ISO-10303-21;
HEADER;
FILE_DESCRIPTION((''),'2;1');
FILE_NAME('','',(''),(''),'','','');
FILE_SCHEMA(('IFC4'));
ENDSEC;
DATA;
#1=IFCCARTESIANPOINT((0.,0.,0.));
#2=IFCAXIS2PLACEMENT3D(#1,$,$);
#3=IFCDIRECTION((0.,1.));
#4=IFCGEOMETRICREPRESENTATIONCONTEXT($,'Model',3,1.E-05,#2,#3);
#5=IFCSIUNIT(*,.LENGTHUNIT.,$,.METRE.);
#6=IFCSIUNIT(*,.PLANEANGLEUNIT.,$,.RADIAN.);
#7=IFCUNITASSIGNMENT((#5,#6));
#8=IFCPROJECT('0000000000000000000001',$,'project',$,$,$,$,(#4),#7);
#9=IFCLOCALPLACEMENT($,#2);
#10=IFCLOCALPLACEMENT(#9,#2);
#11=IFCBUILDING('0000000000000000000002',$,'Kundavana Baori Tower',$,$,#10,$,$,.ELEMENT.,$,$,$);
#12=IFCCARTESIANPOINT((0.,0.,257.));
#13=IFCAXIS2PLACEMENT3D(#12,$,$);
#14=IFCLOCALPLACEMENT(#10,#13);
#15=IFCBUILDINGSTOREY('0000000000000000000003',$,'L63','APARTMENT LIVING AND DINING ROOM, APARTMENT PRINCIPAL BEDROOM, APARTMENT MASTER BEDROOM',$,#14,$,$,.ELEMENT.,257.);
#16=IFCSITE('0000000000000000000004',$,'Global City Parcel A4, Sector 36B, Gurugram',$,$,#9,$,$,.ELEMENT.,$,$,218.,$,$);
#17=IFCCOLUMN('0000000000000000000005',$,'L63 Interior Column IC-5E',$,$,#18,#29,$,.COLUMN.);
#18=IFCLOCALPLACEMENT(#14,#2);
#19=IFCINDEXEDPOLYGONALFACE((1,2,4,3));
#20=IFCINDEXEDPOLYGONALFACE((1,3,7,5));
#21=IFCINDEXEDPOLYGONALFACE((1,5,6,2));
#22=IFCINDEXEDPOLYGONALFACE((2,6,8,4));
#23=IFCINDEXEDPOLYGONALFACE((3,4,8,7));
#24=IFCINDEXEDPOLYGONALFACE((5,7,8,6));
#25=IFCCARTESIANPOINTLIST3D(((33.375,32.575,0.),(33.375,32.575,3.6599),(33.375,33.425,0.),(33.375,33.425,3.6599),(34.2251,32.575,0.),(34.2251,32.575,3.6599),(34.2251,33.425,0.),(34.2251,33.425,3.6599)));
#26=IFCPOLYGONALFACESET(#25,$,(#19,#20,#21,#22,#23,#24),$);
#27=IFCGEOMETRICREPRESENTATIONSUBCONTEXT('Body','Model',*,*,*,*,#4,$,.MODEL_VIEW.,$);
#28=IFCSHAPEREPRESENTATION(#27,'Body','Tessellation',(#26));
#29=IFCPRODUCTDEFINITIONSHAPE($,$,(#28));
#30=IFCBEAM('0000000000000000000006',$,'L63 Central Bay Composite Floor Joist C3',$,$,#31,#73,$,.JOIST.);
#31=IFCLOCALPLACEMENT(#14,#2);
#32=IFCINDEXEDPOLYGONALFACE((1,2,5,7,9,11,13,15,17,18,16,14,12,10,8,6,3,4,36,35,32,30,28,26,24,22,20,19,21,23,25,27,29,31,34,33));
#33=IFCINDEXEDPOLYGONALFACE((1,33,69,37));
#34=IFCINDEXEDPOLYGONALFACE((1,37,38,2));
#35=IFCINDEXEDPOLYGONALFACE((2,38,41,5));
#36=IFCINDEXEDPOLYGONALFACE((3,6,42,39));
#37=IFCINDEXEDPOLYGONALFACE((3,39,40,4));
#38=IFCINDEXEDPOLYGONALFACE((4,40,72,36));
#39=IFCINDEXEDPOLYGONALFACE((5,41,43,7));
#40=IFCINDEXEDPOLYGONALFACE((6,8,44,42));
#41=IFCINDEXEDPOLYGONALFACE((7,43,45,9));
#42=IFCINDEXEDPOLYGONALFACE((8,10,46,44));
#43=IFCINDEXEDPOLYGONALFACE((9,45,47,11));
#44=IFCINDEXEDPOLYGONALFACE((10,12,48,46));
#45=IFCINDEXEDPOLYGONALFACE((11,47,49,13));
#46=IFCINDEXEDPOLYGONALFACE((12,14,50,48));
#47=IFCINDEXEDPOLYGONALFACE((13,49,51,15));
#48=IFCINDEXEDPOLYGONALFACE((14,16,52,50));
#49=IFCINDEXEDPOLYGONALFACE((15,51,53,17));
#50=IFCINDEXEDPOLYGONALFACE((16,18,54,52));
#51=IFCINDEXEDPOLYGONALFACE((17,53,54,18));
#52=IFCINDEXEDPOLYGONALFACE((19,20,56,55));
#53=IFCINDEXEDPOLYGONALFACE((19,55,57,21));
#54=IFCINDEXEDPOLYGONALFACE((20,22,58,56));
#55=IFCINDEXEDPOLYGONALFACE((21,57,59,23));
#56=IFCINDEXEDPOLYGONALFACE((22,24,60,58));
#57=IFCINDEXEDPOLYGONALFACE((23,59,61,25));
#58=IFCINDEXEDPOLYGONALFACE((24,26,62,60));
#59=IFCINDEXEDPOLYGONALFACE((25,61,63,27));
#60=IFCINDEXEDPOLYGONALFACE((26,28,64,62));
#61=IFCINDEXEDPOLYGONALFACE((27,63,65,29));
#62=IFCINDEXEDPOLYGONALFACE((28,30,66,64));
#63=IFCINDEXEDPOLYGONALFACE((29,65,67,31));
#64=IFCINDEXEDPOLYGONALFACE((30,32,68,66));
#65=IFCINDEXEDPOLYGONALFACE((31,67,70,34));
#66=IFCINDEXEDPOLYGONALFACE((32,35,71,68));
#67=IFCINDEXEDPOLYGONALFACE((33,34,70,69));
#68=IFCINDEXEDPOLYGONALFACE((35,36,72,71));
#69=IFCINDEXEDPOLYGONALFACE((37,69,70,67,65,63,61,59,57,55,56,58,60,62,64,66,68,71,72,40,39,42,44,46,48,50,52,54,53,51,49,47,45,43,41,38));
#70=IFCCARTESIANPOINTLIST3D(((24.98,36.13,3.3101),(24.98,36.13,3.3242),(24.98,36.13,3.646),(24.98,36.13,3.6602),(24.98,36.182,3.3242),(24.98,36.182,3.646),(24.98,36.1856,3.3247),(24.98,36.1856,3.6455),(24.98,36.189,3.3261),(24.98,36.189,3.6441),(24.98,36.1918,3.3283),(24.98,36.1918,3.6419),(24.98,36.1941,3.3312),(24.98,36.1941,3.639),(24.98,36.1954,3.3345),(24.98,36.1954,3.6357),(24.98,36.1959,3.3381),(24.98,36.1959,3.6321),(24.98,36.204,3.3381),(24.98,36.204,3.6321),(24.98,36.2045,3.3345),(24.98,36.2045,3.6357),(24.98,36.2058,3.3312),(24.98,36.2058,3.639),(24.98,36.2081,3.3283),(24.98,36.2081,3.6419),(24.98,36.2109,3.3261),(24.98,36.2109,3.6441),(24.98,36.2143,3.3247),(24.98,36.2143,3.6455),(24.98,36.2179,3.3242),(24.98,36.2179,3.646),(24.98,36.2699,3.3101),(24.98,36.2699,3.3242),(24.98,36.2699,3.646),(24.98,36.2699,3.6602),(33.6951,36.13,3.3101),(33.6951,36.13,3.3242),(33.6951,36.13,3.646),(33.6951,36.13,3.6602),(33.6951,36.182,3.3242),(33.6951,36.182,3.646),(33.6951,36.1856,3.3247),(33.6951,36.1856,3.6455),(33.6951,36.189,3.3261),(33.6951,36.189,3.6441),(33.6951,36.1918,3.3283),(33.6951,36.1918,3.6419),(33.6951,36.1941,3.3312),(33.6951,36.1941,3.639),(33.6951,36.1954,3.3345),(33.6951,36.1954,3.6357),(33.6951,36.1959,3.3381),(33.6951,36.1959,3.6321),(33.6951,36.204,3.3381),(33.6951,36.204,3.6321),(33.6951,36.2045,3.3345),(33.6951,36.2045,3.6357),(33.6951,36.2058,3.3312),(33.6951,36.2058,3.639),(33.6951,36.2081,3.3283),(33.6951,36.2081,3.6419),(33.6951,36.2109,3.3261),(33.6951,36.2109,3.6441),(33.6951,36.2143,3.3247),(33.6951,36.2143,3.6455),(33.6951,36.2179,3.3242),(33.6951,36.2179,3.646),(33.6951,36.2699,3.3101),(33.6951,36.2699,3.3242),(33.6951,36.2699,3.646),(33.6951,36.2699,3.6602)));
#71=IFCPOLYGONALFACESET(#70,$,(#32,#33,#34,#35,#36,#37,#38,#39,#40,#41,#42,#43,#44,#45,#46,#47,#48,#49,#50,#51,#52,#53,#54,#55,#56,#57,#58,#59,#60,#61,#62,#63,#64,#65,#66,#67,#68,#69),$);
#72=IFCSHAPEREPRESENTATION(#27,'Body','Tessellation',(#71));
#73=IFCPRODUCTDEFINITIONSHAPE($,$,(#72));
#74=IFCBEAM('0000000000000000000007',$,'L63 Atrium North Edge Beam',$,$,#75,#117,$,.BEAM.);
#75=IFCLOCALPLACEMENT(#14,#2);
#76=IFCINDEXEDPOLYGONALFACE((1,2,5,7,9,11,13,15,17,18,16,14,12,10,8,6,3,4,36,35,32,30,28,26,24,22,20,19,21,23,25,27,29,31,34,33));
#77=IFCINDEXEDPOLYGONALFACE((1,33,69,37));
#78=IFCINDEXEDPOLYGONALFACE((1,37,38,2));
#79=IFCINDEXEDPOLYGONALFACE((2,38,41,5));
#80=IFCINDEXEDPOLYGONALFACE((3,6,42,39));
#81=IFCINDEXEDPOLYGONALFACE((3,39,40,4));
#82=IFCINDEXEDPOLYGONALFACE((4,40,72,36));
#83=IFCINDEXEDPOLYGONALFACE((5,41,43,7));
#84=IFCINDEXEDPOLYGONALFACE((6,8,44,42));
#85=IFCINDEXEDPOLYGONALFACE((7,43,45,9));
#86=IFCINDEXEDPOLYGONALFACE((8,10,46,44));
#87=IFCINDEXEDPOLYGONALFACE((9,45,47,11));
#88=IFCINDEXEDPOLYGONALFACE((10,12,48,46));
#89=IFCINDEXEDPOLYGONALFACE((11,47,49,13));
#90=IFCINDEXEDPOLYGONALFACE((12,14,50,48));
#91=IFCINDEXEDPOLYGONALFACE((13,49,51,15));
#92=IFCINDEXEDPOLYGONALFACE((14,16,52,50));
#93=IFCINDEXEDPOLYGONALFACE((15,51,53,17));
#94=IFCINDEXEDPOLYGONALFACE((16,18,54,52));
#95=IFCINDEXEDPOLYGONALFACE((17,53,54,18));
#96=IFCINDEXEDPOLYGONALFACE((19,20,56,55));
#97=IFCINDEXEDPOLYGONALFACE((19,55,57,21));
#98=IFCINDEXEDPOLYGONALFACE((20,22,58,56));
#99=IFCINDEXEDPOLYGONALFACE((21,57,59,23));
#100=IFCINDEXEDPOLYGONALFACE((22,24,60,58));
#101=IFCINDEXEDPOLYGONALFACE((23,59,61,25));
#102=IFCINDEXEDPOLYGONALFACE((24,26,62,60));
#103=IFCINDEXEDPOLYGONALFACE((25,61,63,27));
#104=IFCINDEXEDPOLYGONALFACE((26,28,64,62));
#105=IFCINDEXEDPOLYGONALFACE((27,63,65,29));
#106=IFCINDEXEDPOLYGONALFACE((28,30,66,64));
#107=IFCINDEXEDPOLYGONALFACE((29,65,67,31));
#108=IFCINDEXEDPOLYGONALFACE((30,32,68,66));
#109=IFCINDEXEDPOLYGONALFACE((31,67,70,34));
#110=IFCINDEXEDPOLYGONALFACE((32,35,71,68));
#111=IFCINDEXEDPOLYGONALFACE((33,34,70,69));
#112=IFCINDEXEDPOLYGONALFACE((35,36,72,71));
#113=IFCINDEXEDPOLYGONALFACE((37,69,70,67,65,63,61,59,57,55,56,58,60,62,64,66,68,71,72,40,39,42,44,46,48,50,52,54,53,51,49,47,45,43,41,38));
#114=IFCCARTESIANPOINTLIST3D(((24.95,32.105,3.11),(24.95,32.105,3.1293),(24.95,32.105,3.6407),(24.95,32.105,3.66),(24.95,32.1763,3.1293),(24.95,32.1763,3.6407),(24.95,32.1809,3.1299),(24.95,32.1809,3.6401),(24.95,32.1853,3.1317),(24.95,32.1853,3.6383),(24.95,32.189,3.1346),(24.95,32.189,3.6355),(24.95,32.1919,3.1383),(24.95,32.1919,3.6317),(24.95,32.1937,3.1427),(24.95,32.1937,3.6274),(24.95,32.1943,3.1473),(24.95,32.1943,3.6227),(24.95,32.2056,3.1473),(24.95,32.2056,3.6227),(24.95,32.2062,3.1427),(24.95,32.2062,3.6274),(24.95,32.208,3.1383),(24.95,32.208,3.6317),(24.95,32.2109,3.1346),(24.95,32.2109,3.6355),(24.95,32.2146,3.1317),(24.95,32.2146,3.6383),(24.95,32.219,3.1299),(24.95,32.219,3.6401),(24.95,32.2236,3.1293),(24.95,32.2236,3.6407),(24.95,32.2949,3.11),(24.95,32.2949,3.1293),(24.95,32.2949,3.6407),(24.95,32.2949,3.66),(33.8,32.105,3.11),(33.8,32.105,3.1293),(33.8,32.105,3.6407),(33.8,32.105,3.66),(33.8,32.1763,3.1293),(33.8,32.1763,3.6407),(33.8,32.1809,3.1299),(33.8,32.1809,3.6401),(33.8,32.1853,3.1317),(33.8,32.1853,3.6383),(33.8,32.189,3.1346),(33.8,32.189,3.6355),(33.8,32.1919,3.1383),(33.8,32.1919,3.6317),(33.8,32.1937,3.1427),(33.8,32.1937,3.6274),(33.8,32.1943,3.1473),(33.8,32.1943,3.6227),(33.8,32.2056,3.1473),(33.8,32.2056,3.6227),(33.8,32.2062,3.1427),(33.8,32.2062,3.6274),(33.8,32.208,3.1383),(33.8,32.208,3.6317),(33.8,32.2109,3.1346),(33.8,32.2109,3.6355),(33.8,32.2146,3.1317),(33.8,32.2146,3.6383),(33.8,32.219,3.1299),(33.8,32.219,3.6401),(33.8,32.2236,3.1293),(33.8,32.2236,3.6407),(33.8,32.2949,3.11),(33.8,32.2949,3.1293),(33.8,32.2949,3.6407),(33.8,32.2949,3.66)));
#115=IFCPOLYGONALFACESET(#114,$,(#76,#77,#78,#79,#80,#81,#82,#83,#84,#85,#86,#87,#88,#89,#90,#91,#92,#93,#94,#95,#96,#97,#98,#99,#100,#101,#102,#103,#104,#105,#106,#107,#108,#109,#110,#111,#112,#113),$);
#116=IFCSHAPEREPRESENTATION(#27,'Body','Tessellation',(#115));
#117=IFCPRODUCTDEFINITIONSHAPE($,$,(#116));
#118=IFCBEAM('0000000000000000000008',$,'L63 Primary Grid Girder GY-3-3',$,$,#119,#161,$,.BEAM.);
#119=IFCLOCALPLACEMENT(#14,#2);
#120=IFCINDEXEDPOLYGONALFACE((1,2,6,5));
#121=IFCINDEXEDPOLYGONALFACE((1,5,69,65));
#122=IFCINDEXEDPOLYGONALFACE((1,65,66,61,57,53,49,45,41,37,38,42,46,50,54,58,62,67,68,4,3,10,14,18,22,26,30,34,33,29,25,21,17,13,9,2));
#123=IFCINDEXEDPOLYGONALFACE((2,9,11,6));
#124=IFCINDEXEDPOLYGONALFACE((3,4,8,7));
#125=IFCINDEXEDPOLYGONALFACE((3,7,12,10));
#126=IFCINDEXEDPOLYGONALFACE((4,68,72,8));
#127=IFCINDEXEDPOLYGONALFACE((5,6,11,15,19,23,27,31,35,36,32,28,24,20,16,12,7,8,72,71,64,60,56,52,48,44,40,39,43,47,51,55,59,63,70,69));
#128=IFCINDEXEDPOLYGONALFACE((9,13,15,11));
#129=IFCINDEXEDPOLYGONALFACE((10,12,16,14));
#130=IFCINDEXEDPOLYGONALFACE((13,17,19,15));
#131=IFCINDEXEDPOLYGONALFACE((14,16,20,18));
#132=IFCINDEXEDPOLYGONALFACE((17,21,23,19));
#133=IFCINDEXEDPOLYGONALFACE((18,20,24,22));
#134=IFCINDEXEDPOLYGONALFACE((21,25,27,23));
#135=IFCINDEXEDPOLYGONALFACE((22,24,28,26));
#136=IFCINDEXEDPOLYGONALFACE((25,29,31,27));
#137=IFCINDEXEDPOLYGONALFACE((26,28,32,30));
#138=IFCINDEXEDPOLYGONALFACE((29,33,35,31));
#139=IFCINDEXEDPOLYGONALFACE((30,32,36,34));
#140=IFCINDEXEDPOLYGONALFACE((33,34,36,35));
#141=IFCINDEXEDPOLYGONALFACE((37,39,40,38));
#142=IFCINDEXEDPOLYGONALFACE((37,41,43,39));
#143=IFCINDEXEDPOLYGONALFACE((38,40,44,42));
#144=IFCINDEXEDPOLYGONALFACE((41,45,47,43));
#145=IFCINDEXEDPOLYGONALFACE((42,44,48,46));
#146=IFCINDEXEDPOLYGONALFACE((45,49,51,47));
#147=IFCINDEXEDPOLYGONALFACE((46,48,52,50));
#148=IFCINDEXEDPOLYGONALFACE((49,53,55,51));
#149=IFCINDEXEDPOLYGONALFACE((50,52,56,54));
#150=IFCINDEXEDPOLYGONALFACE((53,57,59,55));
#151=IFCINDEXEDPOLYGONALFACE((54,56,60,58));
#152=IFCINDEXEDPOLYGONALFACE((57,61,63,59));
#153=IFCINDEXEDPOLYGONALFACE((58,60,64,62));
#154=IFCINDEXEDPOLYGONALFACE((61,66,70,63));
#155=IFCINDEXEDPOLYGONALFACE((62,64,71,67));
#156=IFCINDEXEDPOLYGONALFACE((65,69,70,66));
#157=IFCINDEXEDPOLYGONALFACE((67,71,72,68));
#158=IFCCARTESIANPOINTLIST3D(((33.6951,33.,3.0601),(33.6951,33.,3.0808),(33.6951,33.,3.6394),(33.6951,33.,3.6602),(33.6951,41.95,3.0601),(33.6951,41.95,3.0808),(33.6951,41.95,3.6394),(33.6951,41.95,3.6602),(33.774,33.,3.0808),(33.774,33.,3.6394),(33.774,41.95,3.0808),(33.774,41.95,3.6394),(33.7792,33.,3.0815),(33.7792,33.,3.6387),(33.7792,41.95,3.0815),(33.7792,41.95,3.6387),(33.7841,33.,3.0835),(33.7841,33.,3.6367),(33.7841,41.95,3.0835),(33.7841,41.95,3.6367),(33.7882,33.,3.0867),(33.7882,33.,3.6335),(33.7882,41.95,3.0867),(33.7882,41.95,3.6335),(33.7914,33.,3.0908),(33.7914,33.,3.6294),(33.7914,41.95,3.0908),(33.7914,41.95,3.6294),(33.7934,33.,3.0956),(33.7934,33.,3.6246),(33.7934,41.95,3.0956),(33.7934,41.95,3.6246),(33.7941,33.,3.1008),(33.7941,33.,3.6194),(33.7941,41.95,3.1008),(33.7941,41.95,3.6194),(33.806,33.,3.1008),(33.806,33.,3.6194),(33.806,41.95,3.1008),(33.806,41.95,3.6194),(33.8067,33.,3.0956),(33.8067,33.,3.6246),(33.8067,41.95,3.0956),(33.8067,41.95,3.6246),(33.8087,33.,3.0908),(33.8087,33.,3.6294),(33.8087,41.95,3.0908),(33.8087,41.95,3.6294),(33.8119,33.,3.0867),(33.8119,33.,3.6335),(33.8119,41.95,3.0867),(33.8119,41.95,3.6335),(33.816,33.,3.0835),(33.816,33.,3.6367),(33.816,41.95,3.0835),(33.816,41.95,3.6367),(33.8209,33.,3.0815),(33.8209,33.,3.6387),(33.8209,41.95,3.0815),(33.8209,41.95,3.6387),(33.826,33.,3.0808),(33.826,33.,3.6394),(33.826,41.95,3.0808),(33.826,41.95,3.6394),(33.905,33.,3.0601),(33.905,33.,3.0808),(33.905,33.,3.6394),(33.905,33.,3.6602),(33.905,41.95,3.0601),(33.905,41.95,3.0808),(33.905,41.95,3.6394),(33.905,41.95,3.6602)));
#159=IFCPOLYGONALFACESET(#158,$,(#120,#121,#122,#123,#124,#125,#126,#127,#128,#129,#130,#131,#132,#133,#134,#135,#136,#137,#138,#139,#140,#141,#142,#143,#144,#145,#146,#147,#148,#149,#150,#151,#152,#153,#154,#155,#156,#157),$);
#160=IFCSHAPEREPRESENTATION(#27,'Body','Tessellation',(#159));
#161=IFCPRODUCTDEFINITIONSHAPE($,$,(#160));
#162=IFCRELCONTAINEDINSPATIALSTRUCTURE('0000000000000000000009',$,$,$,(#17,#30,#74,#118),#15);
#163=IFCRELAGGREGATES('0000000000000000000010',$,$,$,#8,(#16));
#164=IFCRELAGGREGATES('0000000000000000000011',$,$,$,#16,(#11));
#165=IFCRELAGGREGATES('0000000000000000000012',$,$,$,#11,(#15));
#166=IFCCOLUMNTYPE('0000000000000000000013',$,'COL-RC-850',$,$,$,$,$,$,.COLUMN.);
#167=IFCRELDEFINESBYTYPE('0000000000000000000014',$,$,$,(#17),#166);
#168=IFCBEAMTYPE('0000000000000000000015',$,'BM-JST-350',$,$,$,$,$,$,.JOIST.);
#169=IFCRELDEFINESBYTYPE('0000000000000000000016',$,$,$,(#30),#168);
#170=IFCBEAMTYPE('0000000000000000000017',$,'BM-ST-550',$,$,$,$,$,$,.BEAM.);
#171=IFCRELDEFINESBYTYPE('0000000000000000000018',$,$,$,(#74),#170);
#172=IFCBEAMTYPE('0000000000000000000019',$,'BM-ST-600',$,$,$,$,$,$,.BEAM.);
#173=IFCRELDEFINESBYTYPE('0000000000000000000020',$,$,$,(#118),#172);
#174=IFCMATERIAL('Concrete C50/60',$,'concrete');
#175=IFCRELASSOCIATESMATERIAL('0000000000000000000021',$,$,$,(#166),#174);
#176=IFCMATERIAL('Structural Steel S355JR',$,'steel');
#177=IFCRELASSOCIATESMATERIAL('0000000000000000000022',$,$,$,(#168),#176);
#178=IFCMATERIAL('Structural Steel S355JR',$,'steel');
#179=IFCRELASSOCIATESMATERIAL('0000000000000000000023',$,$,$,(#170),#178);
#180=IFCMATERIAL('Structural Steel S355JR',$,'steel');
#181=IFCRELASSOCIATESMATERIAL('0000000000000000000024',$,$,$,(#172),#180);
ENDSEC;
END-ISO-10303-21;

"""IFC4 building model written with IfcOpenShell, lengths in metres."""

from ifc_helpers import new_model, si_unit, direction, frame, origin, origin_2d, place, context, subcontext, project, spatial, rectangle, i_section, extrude, material, material_profile, profile_set, type_object, element, save


model = new_model("IFC4")

# Units and contexts
model_context = context("Model", 3, precision=1e-05, world=origin(), true_north=direction((0.0, 1.0)))
body_context = subcontext(model_context, "Body", "Model", "MODEL_VIEW")
ifc_project = project(units=[si_unit("LENGTHUNIT", "METRE"), si_unit("PLANEANGLEUNIT", "RADIAN")], contexts=[model_context])

# Site, building, storey
site_placement = place(None, origin())
site = spatial("IfcSite", under=ifc_project, at=site_placement, Name="Global City Parcel A4, Sector 36B, Gurugram", CompositionType="ELEMENT", RefElevation=218.0)
building_placement = place(site_placement, origin())
building = spatial("IfcBuilding", under=site, at=building_placement, Name="Kundavana Baori Tower", CompositionType="ELEMENT")
storey_placement = place(building_placement, frame((0.0, 0.0, 257.0)))
storey = spatial("IfcBuildingStorey", under=building, at=storey_placement, Name="L63", Description="APARTMENT LIVING AND DINING ROOM, APARTMENT PRINCIPAL BEDROOM, APARTMENT MASTER BEDROOM", CompositionType="ELEMENT", Elevation=257.0)

# Column
ifc_material_1 = material(Name="Concrete C50/60", Category="concrete")
ifc_material_profile_1 = material_profile(ifc_material_1, rectangle(XDim=0.8501, YDim=0.8501, at=origin_2d()), Name="RC 850x850")
ifc_profile_set_1 = profile_set([ifc_material_profile_1], Name="Concrete C50/60")
column_type = type_object("IfcColumnType", Name="COL-RC-850", PredefinedType="COLUMN", material=ifc_profile_set_1)
column_placement = place(storey_placement, frame((33.8, 33.0, 0.0), z_axis=(0.0, 0.0, 1.0), x_axis=(1.0, 0.0, 0.0)))
element("IfcColumn", 1, at=column_placement, inside=storey, type_object=column_type, Name="L63 Interior Column IC-5E", PredefinedType="COLUMN", context=body_context, shape_type="SweptSolid", body=[
    extrude(rectangle(XDim=0.8501, YDim=0.8501, at=origin_2d()), origin(), (0.0, 0.0, 1.0), 3.6599),
])

# Beams
ifc_material_2 = material(Name="Structural Steel S355JR", Category="steel")
ifc_material_profile_2 = material_profile(ifc_material_2, i_section(OverallWidth=0.1399, OverallDepth=0.3501, WebThickness=0.0081, FlangeThickness=0.0142, FilletRadius=0.0139, at=origin_2d()), Name="ISMB 350")
ifc_profile_set_2 = profile_set([ifc_material_profile_2], Name="Structural Steel S355JR")
beam_type_1 = type_object("IfcBeamType", Name="BM-JST-350", PredefinedType="JOIST", material=ifc_profile_set_2)
beam_1_placement = place(storey_placement, frame((24.98, 36.2, 3.4851), z_axis=(1.0, 0.0, 0.0), x_axis=(0.0, 1.0, 0.0)))
element("IfcBeam", 2, at=beam_1_placement, inside=storey, type_object=beam_type_1, Name="L63 Central Bay Composite Floor Joist C3", PredefinedType="JOIST", context=body_context, shape_type="SweptSolid", body=[
    extrude(i_section(OverallWidth=0.1399, OverallDepth=0.3501, WebThickness=0.0081, FlangeThickness=0.0142, FilletRadius=0.0139, at=origin_2d()), origin(), (0.0, 0.0, 1.0), 8.7151),
])
ifc_material_3 = material(Name="Structural Steel S355JR", Category="steel")
ifc_material_profile_3 = material_profile(ifc_material_3, i_section(OverallWidth=0.1899, OverallDepth=0.55, WebThickness=0.0112, FlangeThickness=0.0193, FilletRadius=0.0181, at=origin_2d()), Name="ISMB 550")
ifc_profile_set_3 = profile_set([ifc_material_profile_3], Name="Structural Steel S355JR")
beam_type_2 = type_object("IfcBeamType", Name="BM-ST-550", PredefinedType="BEAM", material=ifc_profile_set_3)
beam_2_placement = place(storey_placement, frame((24.95, 32.2, 3.385), z_axis=(1.0, 0.0, 0.0), x_axis=(0.0, 1.0, 0.0)))
element("IfcBeam", 3, at=beam_2_placement, inside=storey, type_object=beam_type_2, Name="L63 Atrium North Edge Beam", PredefinedType="BEAM", context=body_context, shape_type="SweptSolid", body=[
    extrude(i_section(OverallWidth=0.1899, OverallDepth=0.55, WebThickness=0.0112, FlangeThickness=0.0193, FilletRadius=0.0181, at=origin_2d()), origin(), (0.0, 0.0, 1.0), 8.8501),
])
ifc_material_4 = material(Name="Structural Steel S355JR", Category="steel")
ifc_material_profile_4 = material_profile(ifc_material_4, i_section(OverallWidth=0.21, OverallDepth=0.6001, WebThickness=0.012, FlangeThickness=0.0208, FilletRadius=0.02, at=origin_2d()), Name="ISMB 600")
ifc_profile_set_4 = profile_set([ifc_material_profile_4], Name="Structural Steel S355JR")
beam_type_3 = type_object("IfcBeamType", Name="BM-ST-600", PredefinedType="BEAM", material=ifc_profile_set_4)
beam_3_placement = place(storey_placement, frame((33.8, 33.0, 3.3601), z_axis=(0.0, 1.0, 0.0), x_axis=(-1.0, 0.0, 0.0)))
element("IfcBeam", 4, at=beam_3_placement, inside=storey, type_object=beam_type_3, Name="L63 Primary Grid Girder GY-3-3", PredefinedType="BEAM", context=body_context, shape_type="SweptSolid", body=[
    extrude(i_section(OverallWidth=0.21, OverallDepth=0.6001, WebThickness=0.012, FlangeThickness=0.0208, FilletRadius=0.02, at=origin_2d()), origin(), (0.0, 0.0, 1.0), 8.95),
])

save(model, "model.ifc")
